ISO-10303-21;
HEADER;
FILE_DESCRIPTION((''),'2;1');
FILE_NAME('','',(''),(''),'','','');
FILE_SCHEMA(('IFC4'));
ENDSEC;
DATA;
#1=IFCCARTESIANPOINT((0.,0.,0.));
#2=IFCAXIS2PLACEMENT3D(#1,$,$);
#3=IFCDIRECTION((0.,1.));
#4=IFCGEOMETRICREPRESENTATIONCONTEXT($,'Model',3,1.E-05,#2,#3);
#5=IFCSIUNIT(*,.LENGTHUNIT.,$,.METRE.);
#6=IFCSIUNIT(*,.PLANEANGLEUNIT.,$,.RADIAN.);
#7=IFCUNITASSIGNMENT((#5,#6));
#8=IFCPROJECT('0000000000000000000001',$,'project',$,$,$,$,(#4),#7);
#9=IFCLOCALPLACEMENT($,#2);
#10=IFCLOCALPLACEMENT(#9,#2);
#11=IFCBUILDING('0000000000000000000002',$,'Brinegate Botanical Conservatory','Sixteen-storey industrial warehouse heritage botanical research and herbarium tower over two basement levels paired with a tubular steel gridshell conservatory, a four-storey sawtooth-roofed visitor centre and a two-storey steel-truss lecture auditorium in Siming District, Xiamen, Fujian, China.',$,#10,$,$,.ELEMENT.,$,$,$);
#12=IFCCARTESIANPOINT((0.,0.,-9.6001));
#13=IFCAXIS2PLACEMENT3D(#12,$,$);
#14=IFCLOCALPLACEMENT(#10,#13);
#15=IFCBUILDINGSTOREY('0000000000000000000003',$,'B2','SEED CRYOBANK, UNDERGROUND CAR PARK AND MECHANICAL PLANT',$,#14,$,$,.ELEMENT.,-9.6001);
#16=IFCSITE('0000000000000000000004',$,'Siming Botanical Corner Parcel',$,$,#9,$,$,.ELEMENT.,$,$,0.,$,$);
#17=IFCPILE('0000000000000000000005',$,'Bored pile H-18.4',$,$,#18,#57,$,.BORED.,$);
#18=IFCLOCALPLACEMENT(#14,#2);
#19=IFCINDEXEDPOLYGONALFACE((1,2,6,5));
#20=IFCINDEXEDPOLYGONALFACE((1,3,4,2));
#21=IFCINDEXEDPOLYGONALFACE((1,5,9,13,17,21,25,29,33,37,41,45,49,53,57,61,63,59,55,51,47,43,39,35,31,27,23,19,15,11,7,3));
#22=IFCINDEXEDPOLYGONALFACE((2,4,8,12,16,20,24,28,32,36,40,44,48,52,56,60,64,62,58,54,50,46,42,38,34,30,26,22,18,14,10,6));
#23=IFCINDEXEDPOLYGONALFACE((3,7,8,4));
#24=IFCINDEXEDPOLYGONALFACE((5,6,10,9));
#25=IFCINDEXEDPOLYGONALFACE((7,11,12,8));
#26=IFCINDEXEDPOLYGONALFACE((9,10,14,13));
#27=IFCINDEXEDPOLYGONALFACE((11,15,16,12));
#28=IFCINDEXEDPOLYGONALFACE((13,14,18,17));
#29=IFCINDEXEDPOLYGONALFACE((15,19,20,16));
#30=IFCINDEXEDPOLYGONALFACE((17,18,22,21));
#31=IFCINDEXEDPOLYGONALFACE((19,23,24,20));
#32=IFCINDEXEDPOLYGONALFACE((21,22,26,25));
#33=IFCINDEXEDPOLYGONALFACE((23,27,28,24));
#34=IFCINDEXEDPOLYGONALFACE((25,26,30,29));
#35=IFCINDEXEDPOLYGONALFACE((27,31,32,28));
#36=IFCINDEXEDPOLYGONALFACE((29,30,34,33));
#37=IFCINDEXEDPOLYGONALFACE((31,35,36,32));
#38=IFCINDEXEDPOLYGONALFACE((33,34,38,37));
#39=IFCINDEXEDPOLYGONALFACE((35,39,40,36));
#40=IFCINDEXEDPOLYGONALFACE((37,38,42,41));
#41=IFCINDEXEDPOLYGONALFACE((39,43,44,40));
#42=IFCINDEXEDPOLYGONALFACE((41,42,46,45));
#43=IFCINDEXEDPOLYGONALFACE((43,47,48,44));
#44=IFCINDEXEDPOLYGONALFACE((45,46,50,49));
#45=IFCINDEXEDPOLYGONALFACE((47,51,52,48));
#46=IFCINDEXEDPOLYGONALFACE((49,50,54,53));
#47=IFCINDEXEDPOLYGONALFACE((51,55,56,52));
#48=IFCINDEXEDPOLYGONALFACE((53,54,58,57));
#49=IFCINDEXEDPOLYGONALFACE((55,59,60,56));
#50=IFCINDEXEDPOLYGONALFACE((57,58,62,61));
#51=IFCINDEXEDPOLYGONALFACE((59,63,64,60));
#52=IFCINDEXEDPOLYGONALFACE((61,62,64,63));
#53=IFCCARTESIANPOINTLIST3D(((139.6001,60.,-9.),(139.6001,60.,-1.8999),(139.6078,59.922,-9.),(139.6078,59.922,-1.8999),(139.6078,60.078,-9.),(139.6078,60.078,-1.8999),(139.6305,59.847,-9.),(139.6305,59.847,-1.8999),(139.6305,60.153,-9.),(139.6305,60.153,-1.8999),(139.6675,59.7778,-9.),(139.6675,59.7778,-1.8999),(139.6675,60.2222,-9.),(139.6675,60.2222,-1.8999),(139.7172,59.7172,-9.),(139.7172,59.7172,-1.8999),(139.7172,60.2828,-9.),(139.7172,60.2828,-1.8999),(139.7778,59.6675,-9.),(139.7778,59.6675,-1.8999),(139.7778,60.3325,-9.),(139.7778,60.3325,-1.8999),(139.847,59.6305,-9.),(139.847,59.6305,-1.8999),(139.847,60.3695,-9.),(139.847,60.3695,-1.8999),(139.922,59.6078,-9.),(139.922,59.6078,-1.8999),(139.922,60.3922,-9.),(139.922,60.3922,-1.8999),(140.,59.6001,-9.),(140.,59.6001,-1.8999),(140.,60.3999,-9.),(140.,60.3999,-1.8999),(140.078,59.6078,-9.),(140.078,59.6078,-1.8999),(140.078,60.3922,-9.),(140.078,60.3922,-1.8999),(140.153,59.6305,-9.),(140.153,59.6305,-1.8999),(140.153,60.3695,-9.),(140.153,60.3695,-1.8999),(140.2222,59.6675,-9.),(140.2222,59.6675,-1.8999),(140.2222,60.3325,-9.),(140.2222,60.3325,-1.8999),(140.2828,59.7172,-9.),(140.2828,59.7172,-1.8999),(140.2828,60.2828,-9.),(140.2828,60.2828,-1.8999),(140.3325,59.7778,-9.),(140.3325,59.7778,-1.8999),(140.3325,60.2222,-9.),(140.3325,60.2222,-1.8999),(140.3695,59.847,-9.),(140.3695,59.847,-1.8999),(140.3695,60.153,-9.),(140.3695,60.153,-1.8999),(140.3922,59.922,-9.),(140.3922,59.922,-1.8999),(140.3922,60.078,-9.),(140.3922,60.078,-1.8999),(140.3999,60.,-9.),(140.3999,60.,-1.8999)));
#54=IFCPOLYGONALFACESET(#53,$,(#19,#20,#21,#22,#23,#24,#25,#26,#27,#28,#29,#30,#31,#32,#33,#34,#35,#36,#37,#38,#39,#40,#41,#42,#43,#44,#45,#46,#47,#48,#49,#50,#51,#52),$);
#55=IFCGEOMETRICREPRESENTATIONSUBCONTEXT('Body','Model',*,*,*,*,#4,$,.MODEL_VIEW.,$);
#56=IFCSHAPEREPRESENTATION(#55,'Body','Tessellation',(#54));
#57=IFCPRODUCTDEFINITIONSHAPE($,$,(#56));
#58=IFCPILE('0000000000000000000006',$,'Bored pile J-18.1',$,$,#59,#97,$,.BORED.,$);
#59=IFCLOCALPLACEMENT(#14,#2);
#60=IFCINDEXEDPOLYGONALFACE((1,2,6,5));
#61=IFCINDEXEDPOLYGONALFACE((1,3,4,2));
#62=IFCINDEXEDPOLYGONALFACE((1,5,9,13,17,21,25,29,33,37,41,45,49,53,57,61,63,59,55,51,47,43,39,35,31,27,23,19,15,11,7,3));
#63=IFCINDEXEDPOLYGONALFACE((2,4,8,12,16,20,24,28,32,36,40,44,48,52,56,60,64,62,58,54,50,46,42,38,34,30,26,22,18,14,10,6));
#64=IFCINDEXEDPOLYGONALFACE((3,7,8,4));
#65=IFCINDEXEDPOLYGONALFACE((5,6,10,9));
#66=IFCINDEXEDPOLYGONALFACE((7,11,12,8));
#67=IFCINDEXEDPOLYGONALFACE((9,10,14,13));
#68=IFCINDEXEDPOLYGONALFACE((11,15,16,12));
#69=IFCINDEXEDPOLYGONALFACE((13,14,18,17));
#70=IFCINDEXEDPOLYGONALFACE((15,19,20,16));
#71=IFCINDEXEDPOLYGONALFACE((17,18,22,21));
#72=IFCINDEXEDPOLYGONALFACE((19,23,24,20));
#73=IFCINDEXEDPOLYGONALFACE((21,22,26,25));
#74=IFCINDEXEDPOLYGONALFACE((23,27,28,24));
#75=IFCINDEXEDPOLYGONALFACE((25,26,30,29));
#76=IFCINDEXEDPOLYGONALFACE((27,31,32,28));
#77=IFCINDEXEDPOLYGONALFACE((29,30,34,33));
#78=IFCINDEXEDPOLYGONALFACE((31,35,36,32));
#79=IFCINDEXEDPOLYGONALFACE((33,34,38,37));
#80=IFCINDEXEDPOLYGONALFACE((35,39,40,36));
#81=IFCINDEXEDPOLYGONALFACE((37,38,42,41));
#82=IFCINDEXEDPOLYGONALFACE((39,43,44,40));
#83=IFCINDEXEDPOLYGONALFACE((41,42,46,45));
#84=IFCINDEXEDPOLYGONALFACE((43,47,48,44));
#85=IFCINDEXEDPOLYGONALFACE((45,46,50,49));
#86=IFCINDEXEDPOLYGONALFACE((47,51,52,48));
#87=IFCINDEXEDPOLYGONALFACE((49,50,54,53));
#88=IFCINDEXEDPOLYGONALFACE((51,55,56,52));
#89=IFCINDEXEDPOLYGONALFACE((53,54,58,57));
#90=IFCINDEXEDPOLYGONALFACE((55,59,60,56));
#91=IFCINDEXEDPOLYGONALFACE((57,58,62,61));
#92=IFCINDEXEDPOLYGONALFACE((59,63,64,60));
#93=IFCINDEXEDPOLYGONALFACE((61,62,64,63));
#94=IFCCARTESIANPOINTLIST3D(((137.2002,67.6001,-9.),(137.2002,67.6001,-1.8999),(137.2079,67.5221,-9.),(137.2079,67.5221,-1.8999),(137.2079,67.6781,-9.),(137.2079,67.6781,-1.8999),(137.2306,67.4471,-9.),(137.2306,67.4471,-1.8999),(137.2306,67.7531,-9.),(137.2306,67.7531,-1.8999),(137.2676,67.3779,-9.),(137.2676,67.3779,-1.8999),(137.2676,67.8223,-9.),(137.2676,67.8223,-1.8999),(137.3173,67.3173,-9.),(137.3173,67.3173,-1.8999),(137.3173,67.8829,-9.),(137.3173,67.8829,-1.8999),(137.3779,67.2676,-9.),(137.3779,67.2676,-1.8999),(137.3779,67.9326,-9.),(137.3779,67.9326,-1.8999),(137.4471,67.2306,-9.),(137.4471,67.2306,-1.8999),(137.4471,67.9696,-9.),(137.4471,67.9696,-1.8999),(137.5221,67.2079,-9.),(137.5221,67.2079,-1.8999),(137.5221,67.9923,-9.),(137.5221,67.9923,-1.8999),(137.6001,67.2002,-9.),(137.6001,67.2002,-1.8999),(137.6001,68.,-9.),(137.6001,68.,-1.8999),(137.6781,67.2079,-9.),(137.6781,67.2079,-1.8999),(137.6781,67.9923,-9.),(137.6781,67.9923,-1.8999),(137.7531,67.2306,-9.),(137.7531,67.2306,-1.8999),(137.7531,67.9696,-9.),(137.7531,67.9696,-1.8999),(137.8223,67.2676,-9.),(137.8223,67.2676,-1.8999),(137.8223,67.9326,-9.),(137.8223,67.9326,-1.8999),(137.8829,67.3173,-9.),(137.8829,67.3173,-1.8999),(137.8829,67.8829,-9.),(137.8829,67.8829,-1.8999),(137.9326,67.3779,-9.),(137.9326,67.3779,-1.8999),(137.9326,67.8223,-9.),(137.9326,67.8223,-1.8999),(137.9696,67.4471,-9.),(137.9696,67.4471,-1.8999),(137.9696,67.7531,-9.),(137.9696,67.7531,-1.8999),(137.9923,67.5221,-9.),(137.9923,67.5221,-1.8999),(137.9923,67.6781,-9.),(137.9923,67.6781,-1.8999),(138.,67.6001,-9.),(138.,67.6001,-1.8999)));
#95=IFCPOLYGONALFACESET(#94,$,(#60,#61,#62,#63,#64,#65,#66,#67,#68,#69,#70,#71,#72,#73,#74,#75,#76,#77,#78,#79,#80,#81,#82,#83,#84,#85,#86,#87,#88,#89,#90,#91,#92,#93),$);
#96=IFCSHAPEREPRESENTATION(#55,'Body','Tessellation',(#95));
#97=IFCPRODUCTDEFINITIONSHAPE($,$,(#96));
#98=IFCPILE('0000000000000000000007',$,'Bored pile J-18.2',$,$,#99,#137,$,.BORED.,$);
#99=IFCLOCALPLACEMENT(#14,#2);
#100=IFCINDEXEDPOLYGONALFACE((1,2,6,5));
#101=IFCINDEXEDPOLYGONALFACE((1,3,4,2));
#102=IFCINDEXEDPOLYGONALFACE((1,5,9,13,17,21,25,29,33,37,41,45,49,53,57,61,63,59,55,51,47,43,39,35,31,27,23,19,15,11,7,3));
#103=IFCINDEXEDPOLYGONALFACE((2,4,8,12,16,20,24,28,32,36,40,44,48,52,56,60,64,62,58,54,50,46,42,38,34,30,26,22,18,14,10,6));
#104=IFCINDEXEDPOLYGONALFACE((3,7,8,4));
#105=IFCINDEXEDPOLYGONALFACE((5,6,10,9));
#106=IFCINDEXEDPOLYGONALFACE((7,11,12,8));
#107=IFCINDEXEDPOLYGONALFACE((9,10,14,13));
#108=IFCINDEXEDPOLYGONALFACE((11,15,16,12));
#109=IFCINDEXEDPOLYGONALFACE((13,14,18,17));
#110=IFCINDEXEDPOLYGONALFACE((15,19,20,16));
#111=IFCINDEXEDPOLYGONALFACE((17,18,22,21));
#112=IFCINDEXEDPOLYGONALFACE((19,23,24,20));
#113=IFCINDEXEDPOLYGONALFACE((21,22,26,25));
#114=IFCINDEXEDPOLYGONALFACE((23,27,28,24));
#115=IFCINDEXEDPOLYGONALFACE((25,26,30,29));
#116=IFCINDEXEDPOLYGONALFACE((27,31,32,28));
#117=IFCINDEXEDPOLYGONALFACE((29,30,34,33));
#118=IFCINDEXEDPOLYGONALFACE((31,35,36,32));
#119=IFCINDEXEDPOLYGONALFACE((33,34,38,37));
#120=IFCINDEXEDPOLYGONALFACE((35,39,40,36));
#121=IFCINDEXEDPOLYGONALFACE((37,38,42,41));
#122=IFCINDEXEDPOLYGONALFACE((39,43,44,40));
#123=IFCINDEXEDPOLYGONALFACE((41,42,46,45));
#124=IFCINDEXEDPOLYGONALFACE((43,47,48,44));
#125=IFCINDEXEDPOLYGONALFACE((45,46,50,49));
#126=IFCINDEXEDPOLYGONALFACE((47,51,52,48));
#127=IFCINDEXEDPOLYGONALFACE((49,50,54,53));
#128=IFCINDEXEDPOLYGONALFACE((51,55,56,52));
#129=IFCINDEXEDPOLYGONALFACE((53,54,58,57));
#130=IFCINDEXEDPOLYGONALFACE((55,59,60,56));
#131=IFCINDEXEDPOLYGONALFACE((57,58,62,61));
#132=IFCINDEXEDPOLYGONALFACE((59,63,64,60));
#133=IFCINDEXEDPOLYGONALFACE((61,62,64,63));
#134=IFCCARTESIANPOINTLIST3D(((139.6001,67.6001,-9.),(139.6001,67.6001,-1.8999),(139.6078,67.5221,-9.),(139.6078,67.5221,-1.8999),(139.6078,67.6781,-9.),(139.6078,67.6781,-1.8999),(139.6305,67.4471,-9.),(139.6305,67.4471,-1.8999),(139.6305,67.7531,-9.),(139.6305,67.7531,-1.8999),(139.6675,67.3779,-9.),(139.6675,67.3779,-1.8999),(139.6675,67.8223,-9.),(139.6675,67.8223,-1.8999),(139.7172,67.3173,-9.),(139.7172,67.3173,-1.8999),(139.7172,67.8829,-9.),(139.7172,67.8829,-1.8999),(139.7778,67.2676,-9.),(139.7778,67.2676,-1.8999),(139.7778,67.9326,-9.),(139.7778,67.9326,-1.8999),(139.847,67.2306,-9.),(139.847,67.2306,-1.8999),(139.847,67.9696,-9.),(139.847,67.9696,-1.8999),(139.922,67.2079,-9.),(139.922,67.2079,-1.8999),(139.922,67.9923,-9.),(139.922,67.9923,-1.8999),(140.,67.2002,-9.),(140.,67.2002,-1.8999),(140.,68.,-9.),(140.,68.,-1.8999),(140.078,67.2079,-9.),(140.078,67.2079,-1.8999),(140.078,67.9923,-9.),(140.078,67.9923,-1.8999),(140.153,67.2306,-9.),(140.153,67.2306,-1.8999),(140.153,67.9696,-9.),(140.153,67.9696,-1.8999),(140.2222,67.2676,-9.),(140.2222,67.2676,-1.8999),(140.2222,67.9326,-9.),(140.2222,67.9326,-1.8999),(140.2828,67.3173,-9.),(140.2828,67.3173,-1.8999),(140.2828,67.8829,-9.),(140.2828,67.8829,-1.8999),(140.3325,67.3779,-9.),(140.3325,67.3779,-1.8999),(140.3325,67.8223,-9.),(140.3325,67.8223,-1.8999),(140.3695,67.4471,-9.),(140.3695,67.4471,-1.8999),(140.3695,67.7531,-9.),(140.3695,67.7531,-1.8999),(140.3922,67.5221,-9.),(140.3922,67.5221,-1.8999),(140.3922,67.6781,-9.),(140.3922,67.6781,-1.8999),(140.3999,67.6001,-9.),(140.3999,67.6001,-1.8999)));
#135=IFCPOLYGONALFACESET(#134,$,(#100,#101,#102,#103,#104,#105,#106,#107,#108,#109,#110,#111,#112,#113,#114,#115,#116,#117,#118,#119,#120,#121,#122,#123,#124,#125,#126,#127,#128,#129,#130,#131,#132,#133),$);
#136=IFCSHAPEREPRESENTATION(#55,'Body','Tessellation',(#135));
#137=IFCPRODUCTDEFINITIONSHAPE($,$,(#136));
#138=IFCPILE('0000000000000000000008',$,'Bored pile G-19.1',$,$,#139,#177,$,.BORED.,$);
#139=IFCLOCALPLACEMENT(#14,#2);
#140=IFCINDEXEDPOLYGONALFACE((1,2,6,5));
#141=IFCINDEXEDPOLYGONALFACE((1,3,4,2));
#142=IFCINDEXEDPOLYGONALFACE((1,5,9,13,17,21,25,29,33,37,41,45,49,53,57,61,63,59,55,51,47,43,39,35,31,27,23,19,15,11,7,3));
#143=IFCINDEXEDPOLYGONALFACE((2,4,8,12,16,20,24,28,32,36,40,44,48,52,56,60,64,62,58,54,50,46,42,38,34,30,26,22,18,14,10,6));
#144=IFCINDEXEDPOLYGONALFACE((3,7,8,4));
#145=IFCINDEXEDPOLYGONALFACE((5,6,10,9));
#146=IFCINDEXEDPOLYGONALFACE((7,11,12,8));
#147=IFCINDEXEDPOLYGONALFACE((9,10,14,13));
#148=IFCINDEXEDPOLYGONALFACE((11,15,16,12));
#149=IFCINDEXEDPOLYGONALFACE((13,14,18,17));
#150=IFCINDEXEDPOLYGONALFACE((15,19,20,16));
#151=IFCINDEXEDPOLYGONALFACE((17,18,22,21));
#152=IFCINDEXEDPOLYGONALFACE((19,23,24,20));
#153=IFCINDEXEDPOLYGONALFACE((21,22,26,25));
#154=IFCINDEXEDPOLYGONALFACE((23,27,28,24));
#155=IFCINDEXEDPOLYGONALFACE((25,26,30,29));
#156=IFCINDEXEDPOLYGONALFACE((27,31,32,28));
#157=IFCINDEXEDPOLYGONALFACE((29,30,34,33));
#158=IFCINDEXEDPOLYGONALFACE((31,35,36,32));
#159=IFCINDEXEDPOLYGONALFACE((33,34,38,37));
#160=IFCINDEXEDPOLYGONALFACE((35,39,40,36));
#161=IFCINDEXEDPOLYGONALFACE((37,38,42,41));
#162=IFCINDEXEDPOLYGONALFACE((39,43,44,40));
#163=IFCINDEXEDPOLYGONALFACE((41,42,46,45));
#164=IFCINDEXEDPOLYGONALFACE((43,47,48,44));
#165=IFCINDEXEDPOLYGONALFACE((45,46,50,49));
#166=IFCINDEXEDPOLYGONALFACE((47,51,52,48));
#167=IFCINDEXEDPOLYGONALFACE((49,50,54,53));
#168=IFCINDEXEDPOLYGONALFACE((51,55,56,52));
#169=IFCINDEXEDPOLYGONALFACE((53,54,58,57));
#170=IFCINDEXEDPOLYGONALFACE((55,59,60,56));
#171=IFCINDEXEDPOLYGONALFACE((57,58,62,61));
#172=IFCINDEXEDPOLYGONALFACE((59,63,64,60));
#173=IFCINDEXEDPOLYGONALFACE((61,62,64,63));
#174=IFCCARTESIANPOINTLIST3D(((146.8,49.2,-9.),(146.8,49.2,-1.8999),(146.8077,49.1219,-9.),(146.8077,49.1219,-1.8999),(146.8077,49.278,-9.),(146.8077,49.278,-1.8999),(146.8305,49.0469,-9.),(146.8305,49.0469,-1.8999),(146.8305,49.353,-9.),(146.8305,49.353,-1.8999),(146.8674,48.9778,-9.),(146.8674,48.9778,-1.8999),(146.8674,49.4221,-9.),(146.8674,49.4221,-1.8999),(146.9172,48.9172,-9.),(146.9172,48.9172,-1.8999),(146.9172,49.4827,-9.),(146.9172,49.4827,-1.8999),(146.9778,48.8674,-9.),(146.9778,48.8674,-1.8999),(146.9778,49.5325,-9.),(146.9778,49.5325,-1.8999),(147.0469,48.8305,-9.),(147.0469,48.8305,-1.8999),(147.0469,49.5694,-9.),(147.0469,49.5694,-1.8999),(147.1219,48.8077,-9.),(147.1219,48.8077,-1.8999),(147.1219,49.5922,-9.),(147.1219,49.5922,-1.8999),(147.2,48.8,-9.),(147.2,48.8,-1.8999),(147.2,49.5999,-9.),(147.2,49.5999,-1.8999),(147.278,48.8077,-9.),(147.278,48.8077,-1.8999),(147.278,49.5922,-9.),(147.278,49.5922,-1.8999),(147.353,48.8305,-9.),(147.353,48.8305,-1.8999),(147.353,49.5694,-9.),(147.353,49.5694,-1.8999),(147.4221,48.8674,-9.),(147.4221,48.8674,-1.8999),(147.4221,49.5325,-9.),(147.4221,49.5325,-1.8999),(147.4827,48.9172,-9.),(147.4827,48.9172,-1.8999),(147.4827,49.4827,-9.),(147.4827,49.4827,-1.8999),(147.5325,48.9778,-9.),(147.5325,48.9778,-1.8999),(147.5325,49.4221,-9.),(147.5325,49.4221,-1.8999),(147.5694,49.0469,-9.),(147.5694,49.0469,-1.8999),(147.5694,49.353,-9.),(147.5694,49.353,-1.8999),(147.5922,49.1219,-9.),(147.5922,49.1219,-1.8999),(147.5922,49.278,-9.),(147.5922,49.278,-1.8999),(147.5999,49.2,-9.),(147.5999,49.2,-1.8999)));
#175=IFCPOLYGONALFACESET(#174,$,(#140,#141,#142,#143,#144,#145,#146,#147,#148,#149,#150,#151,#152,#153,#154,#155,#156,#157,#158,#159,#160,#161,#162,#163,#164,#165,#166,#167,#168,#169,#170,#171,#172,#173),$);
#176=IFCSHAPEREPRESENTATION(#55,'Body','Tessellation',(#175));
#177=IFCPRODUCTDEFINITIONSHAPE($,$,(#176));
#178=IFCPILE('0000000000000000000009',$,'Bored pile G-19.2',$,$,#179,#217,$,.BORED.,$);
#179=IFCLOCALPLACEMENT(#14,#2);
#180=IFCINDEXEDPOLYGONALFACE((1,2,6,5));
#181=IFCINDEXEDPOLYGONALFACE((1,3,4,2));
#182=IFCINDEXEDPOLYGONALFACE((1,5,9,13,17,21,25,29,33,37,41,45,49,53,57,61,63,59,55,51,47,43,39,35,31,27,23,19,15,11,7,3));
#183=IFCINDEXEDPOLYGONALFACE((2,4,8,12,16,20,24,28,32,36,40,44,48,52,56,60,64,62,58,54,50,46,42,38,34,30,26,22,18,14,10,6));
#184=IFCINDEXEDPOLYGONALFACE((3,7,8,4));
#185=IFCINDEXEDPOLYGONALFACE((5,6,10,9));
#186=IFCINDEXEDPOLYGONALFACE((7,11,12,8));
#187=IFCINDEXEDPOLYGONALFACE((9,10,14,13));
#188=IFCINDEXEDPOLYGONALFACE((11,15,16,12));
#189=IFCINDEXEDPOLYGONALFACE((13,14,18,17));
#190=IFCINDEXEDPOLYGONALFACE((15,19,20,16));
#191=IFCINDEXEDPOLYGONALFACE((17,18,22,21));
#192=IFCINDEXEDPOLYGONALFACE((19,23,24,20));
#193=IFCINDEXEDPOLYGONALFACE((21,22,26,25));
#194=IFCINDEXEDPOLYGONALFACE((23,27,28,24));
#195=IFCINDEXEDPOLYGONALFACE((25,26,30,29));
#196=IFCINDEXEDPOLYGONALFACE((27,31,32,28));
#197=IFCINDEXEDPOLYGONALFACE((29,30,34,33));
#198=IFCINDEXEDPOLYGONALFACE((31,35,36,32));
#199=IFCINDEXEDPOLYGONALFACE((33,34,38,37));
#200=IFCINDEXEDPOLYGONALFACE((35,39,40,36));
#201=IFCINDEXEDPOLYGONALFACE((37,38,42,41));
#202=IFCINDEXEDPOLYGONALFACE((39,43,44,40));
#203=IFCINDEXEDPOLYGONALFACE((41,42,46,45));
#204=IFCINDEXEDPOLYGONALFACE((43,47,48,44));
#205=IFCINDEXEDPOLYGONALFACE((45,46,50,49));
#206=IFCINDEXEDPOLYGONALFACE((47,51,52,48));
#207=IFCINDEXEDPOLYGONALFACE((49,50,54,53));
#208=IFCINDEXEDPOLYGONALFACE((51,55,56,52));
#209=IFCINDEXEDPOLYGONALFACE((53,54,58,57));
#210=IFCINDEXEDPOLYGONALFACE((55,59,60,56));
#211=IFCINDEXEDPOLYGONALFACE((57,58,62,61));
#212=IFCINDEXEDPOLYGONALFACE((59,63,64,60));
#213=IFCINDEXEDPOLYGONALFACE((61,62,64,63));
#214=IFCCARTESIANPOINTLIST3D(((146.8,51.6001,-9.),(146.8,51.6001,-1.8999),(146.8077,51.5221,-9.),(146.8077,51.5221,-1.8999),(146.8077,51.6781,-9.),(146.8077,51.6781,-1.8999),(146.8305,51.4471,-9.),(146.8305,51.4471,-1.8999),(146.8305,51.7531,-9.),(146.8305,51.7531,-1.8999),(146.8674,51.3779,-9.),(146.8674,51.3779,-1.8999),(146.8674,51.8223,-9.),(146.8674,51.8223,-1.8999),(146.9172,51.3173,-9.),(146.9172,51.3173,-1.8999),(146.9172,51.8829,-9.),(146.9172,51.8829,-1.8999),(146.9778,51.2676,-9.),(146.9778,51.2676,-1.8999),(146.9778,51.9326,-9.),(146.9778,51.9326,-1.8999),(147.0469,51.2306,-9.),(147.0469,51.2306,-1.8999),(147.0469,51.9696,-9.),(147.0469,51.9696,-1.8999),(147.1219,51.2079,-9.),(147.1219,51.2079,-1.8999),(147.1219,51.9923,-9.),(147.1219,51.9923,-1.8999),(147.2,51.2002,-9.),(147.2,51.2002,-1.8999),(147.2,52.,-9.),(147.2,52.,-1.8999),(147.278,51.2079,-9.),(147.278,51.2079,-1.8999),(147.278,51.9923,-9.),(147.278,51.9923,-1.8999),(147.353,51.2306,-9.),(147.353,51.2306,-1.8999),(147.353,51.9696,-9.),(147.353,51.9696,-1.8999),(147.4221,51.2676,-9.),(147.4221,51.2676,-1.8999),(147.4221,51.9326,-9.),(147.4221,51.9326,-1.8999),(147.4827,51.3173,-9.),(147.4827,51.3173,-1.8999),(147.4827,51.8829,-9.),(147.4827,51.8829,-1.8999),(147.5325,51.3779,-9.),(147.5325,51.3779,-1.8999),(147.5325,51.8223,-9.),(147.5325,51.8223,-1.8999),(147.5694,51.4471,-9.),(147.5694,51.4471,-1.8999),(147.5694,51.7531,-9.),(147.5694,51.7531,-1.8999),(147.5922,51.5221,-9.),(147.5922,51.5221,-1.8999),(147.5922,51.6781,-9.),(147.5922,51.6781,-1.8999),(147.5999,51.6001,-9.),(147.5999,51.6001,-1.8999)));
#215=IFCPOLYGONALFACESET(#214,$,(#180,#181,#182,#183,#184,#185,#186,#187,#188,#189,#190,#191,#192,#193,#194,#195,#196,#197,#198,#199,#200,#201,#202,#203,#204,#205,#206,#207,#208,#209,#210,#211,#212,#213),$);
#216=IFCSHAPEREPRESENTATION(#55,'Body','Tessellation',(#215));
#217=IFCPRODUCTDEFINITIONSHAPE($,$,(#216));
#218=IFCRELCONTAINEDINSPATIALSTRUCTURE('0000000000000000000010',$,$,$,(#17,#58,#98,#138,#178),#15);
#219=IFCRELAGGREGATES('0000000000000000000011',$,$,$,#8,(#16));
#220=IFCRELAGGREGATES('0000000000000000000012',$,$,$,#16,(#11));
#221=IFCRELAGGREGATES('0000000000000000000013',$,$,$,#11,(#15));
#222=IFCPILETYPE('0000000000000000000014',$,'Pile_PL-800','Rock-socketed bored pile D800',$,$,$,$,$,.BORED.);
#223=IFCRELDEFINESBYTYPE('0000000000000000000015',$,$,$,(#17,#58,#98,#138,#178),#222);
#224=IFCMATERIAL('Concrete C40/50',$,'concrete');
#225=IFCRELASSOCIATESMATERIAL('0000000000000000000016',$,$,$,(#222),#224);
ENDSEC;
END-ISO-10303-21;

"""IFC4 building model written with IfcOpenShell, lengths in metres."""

from ifc_helpers import new_model, si_unit, direction, frame, origin, origin_2d, place, context, subcontext, project, spatial, circle, extrude, material, material_profile, profile_set, type_object, element, save


model = new_model("IFC4")

# Units and contexts
model_context = context("Model", 3, precision=1e-05, world=origin(), true_north=direction((0.0, 1.0)))
body_context = subcontext(model_context, "Body", "Model", "MODEL_VIEW")
ifc_project = project(units=[si_unit("LENGTHUNIT", "METRE"), si_unit("PLANEANGLEUNIT", "RADIAN")], contexts=[model_context])

# Site, building, storey
site_placement = place(None, origin())
site = spatial("IfcSite", under=ifc_project, at=site_placement, Name="Siming Botanical Corner Parcel", CompositionType="ELEMENT", RefElevation=0.0)
building_placement = place(site_placement, origin())
building = spatial("IfcBuilding", under=site, at=building_placement, Name="Brinegate Botanical Conservatory", Description="Sixteen-storey industrial warehouse heritage botanical research and herbarium tower over two basement levels paired with a tubular steel gridshell conservatory, a four-storey sawtooth-roofed visitor centre and a two-storey steel-truss lecture auditorium in Siming District, Xiamen, Fujian, China.", CompositionType="ELEMENT")
storey_placement = place(building_placement, frame((0.0, 0.0, -9.6001)))
storey = spatial("IfcBuildingStorey", under=building, at=storey_placement, Name="B2", Description="SEED CRYOBANK, UNDERGROUND CAR PARK AND MECHANICAL PLANT", CompositionType="ELEMENT", Elevation=-9.6001)

# Shared definitions
ifc_material = material(Name="Concrete C40/50", Category="concrete")

# Piles
ifc_material_profile_1 = material_profile(ifc_material, circle(Radius=0.3999, at=origin_2d()), Name="PILE D800")
ifc_profile_set_1 = profile_set([ifc_material_profile_1], Name="Concrete C40/50")
pile_type = type_object("IfcPileType", Name="Pile_PL-800", Description="Rock-socketed bored pile D800", PredefinedType="BORED", material=ifc_profile_set_1)
for number, where, z_axis, x_axis, name in (
    (1, (140.0, 60.0, -1.8999), (0.0, 0.0, -1.0), (1.0, 0.0, 0.0), "Bored pile H-18.4"),
    (2, (137.6001, 67.6001, -1.8999), (0.0, 0.0, -1.0), (1.0, 0.0, 0.0), "Bored pile J-18.1"),
    (3, (140.0, 67.6001, -1.8999), (0.0, 0.0, -1.0), (1.0, 0.0, 0.0), "Bored pile J-18.2"),
    (4, (147.2, 49.2, -1.8999), (0.0, 0.0, -1.0), (1.0, 0.0, 0.0), "Bored pile G-19.1"),
    (5, (147.2, 51.6001, -1.8999), (0.0, 0.0, -1.0), (1.0, 0.0, 0.0), "Bored pile G-19.2"),
):
    element("IfcPile", number, at=place(storey_placement, frame(where, z_axis=z_axis, x_axis=x_axis)), inside=storey, type_object=pile_type, Name=name, PredefinedType="BORED", context=body_context, shape_type="SweptSolid", body=[
        extrude(circle(Radius=0.3999, at=origin_2d()), origin(), (0.0, 0.0, 1.0), 7.1001),
    ])

save(model, "model.ifc")
